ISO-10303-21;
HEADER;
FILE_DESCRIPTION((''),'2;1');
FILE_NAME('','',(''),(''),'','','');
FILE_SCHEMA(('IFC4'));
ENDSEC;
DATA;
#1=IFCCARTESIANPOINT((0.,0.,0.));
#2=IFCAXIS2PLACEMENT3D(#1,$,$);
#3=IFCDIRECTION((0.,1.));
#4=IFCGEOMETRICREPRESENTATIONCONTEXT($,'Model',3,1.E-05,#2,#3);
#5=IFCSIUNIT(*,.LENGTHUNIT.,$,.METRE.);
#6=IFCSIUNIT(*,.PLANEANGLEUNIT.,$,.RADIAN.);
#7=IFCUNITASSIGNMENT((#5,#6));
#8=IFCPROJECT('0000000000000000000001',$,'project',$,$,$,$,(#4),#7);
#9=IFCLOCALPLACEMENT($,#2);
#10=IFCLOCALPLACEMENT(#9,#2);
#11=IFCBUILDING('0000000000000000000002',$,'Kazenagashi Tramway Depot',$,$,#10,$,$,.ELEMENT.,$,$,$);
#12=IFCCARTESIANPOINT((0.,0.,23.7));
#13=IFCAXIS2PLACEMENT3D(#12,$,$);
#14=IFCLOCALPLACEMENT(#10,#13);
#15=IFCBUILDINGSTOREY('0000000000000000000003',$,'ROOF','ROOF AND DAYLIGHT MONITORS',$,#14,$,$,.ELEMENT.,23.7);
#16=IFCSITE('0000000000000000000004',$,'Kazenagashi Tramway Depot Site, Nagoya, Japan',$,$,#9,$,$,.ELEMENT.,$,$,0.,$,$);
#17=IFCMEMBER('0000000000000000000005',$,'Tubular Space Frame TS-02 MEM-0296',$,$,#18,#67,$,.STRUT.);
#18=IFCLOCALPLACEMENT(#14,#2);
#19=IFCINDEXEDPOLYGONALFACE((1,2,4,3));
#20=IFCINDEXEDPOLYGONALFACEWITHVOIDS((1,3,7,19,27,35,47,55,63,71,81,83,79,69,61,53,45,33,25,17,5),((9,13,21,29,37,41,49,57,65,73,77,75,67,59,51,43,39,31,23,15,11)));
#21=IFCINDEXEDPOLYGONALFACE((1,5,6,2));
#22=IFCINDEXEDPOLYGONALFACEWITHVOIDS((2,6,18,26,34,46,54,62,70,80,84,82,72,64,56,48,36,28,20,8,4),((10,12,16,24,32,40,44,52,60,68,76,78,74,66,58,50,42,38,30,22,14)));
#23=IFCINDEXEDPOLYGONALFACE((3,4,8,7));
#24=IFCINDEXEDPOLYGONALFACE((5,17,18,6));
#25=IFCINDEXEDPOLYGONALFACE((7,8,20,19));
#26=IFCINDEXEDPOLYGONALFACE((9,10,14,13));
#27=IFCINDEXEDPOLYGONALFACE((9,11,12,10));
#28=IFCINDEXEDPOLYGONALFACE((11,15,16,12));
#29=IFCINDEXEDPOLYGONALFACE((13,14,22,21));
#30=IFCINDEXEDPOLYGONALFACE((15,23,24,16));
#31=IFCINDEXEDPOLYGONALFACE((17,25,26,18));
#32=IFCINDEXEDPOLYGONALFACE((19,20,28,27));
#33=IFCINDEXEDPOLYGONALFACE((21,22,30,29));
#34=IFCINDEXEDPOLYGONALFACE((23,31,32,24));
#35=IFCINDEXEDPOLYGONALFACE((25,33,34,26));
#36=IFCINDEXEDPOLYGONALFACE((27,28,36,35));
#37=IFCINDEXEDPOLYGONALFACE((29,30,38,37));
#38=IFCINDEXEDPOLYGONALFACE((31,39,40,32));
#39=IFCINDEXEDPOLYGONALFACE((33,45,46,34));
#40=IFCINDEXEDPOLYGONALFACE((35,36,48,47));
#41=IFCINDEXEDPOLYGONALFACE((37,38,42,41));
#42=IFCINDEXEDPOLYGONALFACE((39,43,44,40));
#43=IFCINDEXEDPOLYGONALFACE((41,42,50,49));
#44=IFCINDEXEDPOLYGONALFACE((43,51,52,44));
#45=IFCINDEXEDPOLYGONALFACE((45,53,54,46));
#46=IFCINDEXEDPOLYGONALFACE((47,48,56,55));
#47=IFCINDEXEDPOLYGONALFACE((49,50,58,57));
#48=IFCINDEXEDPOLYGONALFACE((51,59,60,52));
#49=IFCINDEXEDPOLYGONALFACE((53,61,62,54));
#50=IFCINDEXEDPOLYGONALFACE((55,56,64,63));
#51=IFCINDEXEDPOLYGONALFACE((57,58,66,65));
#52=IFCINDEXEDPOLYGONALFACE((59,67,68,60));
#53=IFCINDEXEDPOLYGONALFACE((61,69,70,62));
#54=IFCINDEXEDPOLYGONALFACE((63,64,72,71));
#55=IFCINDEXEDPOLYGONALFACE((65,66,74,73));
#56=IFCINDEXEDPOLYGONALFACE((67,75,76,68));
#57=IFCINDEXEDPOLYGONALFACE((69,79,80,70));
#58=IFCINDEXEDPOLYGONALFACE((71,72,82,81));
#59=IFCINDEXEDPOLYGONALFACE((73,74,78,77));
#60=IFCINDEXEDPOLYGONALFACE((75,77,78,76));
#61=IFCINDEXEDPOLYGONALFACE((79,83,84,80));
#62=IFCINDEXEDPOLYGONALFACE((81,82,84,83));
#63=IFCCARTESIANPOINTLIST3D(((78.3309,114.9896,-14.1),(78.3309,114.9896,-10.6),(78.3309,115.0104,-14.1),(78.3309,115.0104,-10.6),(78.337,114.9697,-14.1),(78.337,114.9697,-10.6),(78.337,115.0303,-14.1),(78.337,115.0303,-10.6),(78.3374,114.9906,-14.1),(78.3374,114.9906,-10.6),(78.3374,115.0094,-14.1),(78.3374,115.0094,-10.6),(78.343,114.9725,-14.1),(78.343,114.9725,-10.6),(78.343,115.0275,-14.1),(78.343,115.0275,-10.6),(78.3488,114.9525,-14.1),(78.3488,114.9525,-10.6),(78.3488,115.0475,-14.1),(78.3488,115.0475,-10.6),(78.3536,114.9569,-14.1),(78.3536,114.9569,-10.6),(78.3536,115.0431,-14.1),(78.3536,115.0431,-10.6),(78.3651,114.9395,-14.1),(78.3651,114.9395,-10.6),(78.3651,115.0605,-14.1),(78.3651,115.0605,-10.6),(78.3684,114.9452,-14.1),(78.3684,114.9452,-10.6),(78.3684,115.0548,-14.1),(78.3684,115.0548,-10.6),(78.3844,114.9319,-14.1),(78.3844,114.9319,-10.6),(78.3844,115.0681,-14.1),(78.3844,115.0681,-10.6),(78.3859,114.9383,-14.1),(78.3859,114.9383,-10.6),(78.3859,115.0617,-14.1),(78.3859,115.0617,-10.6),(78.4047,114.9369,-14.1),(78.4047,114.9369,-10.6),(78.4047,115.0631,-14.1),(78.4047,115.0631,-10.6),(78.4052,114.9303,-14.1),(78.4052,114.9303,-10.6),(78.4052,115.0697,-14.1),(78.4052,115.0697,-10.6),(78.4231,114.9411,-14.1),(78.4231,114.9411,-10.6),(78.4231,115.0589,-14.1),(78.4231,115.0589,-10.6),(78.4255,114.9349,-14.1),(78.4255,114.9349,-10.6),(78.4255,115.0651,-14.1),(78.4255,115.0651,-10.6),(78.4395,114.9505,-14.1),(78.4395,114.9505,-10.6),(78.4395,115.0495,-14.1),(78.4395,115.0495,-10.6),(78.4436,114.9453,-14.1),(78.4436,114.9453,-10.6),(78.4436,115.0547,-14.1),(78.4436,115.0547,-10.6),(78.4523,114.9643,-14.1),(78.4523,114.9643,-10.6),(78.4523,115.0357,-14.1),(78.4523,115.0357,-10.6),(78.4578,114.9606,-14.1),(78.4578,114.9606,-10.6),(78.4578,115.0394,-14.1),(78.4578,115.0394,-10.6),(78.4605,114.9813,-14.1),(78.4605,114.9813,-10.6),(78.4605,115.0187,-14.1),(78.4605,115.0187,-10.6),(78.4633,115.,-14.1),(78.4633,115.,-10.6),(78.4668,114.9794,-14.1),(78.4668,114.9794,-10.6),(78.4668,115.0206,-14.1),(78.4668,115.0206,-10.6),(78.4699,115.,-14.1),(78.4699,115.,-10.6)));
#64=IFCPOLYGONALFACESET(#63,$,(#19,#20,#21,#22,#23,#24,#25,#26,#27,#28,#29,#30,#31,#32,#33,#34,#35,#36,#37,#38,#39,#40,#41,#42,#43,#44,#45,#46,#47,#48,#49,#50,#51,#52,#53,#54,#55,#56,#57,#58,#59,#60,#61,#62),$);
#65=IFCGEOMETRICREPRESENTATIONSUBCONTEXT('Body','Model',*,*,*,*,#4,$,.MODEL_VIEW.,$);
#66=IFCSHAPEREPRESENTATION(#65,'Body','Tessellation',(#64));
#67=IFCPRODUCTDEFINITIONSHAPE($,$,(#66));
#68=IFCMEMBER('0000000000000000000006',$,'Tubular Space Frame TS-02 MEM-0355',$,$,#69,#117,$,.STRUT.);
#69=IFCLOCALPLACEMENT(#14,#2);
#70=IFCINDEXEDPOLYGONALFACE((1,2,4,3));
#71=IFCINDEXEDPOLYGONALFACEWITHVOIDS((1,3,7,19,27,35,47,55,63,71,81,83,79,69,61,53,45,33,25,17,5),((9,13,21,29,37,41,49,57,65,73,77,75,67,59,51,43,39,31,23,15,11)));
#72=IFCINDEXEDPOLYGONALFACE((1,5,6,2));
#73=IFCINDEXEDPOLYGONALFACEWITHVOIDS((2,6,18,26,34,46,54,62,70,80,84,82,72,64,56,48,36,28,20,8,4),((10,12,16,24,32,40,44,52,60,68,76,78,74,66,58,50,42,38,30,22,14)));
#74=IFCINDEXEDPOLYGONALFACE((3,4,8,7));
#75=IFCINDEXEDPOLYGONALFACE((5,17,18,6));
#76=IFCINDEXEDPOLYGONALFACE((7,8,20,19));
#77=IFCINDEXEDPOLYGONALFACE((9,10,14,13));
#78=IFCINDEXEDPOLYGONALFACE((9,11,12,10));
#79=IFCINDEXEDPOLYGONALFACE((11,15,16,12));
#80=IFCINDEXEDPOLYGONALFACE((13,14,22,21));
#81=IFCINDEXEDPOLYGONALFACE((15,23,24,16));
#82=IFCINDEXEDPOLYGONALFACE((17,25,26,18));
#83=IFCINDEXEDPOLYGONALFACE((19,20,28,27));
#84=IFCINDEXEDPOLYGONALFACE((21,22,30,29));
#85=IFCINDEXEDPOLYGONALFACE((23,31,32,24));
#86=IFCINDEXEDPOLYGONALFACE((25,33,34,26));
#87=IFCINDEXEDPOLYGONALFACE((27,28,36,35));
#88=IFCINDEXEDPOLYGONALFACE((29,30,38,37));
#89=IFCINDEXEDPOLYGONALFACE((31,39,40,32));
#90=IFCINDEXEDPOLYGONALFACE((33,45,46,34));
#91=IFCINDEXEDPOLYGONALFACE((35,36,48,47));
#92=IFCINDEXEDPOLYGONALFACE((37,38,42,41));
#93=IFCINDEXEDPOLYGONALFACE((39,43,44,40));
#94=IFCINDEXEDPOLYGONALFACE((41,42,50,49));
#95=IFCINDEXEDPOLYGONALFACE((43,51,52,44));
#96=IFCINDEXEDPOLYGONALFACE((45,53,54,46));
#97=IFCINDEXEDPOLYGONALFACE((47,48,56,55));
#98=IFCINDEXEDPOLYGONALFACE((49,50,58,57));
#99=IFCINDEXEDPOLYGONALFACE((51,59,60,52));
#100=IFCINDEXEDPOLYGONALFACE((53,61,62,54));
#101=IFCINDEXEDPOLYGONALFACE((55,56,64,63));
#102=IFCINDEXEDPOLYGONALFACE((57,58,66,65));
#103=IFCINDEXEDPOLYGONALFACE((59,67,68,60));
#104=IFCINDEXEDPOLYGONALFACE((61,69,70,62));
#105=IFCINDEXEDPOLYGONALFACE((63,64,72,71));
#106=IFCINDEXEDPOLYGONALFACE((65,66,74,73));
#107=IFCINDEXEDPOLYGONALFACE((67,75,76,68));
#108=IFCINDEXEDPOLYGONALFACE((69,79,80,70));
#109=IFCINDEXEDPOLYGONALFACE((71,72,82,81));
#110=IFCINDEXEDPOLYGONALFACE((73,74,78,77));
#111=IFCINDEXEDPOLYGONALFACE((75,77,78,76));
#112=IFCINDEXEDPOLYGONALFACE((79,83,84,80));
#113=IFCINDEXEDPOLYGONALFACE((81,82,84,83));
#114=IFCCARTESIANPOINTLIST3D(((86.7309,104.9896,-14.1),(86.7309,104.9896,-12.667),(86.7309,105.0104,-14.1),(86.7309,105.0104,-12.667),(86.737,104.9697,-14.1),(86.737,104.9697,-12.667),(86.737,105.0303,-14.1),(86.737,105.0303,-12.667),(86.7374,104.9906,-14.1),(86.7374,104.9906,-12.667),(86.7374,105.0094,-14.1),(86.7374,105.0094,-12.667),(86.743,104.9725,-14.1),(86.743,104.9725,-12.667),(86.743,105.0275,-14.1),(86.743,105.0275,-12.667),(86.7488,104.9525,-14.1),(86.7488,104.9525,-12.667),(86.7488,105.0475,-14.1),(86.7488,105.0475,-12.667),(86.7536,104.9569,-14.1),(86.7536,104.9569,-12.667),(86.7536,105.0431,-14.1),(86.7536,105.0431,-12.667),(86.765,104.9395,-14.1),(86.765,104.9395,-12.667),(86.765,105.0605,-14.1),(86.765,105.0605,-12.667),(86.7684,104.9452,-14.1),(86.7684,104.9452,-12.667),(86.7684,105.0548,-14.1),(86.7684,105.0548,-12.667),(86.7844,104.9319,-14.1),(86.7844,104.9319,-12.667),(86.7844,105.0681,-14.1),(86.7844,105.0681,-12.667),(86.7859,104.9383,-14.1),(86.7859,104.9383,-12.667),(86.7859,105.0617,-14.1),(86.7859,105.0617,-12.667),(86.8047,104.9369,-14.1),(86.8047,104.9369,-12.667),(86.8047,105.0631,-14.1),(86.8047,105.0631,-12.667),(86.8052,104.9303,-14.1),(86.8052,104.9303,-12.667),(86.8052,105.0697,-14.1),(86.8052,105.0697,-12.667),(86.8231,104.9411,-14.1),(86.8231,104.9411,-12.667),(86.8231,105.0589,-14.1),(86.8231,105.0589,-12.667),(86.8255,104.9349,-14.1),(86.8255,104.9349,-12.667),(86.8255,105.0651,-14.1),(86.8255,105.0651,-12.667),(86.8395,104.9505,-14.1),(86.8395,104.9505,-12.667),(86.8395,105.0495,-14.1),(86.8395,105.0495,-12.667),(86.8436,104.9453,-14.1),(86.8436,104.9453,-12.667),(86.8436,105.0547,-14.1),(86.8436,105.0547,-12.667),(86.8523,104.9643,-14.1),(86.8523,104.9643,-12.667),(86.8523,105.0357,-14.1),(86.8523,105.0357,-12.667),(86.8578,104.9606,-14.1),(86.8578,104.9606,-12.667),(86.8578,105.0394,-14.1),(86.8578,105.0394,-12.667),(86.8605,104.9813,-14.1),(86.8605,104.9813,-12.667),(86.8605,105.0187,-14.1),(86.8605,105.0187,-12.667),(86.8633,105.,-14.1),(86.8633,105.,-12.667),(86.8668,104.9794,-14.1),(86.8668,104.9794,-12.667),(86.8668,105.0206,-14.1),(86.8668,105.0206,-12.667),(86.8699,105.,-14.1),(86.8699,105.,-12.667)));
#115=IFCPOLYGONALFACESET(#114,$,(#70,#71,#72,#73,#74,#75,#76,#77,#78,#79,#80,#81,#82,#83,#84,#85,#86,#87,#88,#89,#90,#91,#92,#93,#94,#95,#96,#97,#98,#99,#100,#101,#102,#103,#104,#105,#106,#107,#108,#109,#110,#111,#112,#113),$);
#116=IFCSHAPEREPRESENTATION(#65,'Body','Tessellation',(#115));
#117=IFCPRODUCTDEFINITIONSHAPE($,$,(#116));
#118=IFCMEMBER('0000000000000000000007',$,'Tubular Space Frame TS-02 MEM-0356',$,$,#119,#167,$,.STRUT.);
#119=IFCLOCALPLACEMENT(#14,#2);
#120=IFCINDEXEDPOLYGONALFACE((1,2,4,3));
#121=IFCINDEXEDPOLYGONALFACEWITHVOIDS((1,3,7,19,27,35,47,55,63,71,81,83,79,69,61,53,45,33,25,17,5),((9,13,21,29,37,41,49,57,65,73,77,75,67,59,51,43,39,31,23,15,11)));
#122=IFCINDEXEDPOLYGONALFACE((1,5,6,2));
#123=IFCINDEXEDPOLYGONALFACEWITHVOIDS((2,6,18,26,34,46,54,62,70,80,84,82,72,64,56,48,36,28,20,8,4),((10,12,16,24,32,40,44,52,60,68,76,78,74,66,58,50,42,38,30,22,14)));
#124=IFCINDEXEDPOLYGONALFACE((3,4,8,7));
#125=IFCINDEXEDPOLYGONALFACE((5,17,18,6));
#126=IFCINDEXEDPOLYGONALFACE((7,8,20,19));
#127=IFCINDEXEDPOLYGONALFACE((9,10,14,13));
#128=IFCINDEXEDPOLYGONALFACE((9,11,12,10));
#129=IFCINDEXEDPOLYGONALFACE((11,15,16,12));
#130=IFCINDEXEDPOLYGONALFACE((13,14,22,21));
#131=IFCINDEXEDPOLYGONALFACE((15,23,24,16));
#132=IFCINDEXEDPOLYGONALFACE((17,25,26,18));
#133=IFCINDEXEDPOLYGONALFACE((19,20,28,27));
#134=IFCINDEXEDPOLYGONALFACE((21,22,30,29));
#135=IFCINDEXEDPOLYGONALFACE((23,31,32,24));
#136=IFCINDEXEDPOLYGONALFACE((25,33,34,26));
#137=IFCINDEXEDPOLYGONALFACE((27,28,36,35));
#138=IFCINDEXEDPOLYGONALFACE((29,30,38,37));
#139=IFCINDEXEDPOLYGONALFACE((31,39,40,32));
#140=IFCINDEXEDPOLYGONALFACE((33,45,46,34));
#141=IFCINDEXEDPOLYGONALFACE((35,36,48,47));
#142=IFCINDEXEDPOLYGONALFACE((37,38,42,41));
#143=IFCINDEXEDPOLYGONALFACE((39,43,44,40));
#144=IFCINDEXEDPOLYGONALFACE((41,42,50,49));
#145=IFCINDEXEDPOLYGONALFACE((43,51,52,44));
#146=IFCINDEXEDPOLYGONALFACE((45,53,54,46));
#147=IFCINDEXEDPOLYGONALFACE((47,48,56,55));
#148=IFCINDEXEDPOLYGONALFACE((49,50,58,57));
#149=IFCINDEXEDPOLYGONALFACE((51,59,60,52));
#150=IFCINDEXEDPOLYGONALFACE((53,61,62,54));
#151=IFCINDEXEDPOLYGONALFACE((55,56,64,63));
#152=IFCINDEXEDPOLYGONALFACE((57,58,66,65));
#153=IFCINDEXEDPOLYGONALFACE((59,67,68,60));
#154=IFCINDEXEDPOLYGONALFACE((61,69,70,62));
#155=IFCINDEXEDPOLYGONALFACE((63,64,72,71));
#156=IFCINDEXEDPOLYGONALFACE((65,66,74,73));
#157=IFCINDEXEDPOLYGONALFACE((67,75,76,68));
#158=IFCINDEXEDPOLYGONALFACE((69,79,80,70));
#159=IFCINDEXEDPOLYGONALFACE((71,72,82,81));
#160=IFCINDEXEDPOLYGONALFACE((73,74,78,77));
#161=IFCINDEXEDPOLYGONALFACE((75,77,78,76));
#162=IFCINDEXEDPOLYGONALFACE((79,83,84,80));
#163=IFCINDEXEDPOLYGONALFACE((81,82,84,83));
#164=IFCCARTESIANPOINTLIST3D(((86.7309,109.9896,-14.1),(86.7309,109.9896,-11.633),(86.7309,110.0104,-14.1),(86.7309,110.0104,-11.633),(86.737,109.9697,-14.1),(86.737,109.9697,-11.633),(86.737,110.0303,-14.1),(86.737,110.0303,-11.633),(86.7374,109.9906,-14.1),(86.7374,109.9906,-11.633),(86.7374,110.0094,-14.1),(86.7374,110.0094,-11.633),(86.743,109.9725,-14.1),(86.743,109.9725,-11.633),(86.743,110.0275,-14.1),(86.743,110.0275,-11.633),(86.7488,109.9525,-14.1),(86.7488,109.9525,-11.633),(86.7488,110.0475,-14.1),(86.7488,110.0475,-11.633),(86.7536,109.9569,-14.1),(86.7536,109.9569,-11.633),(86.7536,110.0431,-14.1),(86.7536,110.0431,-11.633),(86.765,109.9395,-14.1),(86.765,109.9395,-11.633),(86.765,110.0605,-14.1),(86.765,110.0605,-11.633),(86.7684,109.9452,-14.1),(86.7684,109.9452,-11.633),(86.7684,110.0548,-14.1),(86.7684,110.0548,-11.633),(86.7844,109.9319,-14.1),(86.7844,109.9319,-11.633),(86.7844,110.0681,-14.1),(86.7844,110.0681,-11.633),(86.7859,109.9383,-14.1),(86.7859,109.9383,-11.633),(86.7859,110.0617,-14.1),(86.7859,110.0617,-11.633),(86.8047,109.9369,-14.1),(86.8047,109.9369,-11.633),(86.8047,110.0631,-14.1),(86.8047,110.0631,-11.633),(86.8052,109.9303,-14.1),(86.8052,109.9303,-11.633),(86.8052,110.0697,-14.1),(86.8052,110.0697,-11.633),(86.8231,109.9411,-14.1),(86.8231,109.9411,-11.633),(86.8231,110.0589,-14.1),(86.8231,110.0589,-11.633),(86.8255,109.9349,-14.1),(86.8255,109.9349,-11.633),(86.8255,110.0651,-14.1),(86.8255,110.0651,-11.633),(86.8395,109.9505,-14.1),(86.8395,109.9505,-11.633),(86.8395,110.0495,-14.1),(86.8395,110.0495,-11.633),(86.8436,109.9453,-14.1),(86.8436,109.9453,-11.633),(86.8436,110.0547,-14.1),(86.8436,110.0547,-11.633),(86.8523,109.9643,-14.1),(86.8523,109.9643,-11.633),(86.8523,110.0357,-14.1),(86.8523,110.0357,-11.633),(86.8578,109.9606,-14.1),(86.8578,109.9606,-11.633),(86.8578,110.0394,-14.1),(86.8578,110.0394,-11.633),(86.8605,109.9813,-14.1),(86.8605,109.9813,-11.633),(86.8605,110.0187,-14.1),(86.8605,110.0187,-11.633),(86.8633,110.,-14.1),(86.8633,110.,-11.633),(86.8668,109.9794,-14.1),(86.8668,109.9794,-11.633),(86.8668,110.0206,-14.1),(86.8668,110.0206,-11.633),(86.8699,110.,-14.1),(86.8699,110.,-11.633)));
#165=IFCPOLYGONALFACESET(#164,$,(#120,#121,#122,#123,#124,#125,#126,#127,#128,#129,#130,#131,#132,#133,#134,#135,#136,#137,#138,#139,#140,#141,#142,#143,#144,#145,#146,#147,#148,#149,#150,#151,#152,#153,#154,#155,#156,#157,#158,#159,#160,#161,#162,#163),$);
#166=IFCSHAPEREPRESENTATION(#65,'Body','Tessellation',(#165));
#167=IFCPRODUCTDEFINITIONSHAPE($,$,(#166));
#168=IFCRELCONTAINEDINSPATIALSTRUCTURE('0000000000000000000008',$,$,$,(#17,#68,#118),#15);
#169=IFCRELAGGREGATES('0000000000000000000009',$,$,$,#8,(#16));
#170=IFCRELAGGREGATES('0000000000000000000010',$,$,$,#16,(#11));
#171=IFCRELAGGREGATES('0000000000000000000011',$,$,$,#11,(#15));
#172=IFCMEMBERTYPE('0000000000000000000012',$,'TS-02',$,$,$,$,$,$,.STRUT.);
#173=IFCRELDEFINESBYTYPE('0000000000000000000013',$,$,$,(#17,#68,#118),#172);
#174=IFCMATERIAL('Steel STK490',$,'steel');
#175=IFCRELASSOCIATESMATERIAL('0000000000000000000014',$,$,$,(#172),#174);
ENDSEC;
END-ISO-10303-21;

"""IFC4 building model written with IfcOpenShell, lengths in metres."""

from ifc_helpers import new_model, si_unit, direction, frame, origin, origin_2d, place, context, subcontext, project, spatial, hollow_circle, extrude, material, material_profile, profile_set, type_object, element, save


model = new_model("IFC4")

# Units and contexts
model_context = context("Model", 3, precision=1e-05, world=origin(), true_north=direction((0.0, 1.0)))
body_context = subcontext(model_context, "Body", "Model", "MODEL_VIEW")
ifc_project = project(units=[si_unit("LENGTHUNIT", "METRE"), si_unit("PLANEANGLEUNIT", "RADIAN")], contexts=[model_context])

# Site, building, storey
site_placement = place(None, origin())
site = spatial("IfcSite", under=ifc_project, at=site_placement, Name="Kazenagashi Tramway Depot Site, Nagoya, Japan", CompositionType="ELEMENT", RefElevation=0.0)
building_placement = place(site_placement, origin())
building = spatial("IfcBuilding", under=site, at=building_placement, Name="Kazenagashi Tramway Depot", CompositionType="ELEMENT")
storey_placement = place(building_placement, frame((0.0, 0.0, 23.7)))
storey = spatial("IfcBuildingStorey", under=building, at=storey_placement, Name="ROOF", Description="ROOF AND DAYLIGHT MONITORS", CompositionType="ELEMENT", Elevation=23.7)

# Members
ifc_material_1 = material(Name="Steel STK490", Category="steel")
ifc_material_profile_1 = material_profile(ifc_material_1, hollow_circle(Radius=0.0699, WallThickness=0.0066, at=origin_2d()), Name="CHS-139.8x6.6")
ifc_profile_set_1 = profile_set([ifc_material_profile_1], Name="Steel STK490")
member_type_1 = type_object("IfcMemberType", Name="TS-02", PredefinedType="STRUT", material=ifc_profile_set_1)
member_1_placement = place(storey_placement, frame((78.4, 115.0, -14.1), z_axis=(0.0, 0.0, 1.0), x_axis=(1.0, 0.0, 0.0)))
element("IfcMember", 1, at=member_1_placement, inside=storey, type_object=member_type_1, Name="Tubular Space Frame TS-02 MEM-0296", PredefinedType="STRUT", context=body_context, shape_type="SweptSolid", body=[
    extrude(hollow_circle(Radius=0.0699, WallThickness=0.0066, at=origin_2d()), origin(), (0.0, 0.0, 1.0), 3.5),
])
member_2_placement = place(storey_placement, frame((86.8, 105.0, -14.1), z_axis=(0.0, 0.0, 1.0), x_axis=(1.0, 0.0, 0.0)))
element("IfcMember", 2, at=member_2_placement, inside=storey, type_object=member_type_1, Name="Tubular Space Frame TS-02 MEM-0355", PredefinedType="STRUT", context=body_context, shape_type="SweptSolid", body=[
    extrude(hollow_circle(Radius=0.0699, WallThickness=0.0066, at=origin_2d()), origin(), (0.0, 0.0, 1.0), 1.433),
])
member_3_placement = place(storey_placement, frame((86.8, 110.0, -14.1), z_axis=(0.0, 0.0, 1.0), x_axis=(1.0, 0.0, 0.0)))
element("IfcMember", 3, at=member_3_placement, inside=storey, type_object=member_type_1, Name="Tubular Space Frame TS-02 MEM-0356", PredefinedType="STRUT", context=body_context, shape_type="SweptSolid", body=[
    extrude(hollow_circle(Radius=0.0699, WallThickness=0.0066, at=origin_2d()), origin(), (0.0, 0.0, 1.0), 2.467),
])

save(model, "model.ifc")
